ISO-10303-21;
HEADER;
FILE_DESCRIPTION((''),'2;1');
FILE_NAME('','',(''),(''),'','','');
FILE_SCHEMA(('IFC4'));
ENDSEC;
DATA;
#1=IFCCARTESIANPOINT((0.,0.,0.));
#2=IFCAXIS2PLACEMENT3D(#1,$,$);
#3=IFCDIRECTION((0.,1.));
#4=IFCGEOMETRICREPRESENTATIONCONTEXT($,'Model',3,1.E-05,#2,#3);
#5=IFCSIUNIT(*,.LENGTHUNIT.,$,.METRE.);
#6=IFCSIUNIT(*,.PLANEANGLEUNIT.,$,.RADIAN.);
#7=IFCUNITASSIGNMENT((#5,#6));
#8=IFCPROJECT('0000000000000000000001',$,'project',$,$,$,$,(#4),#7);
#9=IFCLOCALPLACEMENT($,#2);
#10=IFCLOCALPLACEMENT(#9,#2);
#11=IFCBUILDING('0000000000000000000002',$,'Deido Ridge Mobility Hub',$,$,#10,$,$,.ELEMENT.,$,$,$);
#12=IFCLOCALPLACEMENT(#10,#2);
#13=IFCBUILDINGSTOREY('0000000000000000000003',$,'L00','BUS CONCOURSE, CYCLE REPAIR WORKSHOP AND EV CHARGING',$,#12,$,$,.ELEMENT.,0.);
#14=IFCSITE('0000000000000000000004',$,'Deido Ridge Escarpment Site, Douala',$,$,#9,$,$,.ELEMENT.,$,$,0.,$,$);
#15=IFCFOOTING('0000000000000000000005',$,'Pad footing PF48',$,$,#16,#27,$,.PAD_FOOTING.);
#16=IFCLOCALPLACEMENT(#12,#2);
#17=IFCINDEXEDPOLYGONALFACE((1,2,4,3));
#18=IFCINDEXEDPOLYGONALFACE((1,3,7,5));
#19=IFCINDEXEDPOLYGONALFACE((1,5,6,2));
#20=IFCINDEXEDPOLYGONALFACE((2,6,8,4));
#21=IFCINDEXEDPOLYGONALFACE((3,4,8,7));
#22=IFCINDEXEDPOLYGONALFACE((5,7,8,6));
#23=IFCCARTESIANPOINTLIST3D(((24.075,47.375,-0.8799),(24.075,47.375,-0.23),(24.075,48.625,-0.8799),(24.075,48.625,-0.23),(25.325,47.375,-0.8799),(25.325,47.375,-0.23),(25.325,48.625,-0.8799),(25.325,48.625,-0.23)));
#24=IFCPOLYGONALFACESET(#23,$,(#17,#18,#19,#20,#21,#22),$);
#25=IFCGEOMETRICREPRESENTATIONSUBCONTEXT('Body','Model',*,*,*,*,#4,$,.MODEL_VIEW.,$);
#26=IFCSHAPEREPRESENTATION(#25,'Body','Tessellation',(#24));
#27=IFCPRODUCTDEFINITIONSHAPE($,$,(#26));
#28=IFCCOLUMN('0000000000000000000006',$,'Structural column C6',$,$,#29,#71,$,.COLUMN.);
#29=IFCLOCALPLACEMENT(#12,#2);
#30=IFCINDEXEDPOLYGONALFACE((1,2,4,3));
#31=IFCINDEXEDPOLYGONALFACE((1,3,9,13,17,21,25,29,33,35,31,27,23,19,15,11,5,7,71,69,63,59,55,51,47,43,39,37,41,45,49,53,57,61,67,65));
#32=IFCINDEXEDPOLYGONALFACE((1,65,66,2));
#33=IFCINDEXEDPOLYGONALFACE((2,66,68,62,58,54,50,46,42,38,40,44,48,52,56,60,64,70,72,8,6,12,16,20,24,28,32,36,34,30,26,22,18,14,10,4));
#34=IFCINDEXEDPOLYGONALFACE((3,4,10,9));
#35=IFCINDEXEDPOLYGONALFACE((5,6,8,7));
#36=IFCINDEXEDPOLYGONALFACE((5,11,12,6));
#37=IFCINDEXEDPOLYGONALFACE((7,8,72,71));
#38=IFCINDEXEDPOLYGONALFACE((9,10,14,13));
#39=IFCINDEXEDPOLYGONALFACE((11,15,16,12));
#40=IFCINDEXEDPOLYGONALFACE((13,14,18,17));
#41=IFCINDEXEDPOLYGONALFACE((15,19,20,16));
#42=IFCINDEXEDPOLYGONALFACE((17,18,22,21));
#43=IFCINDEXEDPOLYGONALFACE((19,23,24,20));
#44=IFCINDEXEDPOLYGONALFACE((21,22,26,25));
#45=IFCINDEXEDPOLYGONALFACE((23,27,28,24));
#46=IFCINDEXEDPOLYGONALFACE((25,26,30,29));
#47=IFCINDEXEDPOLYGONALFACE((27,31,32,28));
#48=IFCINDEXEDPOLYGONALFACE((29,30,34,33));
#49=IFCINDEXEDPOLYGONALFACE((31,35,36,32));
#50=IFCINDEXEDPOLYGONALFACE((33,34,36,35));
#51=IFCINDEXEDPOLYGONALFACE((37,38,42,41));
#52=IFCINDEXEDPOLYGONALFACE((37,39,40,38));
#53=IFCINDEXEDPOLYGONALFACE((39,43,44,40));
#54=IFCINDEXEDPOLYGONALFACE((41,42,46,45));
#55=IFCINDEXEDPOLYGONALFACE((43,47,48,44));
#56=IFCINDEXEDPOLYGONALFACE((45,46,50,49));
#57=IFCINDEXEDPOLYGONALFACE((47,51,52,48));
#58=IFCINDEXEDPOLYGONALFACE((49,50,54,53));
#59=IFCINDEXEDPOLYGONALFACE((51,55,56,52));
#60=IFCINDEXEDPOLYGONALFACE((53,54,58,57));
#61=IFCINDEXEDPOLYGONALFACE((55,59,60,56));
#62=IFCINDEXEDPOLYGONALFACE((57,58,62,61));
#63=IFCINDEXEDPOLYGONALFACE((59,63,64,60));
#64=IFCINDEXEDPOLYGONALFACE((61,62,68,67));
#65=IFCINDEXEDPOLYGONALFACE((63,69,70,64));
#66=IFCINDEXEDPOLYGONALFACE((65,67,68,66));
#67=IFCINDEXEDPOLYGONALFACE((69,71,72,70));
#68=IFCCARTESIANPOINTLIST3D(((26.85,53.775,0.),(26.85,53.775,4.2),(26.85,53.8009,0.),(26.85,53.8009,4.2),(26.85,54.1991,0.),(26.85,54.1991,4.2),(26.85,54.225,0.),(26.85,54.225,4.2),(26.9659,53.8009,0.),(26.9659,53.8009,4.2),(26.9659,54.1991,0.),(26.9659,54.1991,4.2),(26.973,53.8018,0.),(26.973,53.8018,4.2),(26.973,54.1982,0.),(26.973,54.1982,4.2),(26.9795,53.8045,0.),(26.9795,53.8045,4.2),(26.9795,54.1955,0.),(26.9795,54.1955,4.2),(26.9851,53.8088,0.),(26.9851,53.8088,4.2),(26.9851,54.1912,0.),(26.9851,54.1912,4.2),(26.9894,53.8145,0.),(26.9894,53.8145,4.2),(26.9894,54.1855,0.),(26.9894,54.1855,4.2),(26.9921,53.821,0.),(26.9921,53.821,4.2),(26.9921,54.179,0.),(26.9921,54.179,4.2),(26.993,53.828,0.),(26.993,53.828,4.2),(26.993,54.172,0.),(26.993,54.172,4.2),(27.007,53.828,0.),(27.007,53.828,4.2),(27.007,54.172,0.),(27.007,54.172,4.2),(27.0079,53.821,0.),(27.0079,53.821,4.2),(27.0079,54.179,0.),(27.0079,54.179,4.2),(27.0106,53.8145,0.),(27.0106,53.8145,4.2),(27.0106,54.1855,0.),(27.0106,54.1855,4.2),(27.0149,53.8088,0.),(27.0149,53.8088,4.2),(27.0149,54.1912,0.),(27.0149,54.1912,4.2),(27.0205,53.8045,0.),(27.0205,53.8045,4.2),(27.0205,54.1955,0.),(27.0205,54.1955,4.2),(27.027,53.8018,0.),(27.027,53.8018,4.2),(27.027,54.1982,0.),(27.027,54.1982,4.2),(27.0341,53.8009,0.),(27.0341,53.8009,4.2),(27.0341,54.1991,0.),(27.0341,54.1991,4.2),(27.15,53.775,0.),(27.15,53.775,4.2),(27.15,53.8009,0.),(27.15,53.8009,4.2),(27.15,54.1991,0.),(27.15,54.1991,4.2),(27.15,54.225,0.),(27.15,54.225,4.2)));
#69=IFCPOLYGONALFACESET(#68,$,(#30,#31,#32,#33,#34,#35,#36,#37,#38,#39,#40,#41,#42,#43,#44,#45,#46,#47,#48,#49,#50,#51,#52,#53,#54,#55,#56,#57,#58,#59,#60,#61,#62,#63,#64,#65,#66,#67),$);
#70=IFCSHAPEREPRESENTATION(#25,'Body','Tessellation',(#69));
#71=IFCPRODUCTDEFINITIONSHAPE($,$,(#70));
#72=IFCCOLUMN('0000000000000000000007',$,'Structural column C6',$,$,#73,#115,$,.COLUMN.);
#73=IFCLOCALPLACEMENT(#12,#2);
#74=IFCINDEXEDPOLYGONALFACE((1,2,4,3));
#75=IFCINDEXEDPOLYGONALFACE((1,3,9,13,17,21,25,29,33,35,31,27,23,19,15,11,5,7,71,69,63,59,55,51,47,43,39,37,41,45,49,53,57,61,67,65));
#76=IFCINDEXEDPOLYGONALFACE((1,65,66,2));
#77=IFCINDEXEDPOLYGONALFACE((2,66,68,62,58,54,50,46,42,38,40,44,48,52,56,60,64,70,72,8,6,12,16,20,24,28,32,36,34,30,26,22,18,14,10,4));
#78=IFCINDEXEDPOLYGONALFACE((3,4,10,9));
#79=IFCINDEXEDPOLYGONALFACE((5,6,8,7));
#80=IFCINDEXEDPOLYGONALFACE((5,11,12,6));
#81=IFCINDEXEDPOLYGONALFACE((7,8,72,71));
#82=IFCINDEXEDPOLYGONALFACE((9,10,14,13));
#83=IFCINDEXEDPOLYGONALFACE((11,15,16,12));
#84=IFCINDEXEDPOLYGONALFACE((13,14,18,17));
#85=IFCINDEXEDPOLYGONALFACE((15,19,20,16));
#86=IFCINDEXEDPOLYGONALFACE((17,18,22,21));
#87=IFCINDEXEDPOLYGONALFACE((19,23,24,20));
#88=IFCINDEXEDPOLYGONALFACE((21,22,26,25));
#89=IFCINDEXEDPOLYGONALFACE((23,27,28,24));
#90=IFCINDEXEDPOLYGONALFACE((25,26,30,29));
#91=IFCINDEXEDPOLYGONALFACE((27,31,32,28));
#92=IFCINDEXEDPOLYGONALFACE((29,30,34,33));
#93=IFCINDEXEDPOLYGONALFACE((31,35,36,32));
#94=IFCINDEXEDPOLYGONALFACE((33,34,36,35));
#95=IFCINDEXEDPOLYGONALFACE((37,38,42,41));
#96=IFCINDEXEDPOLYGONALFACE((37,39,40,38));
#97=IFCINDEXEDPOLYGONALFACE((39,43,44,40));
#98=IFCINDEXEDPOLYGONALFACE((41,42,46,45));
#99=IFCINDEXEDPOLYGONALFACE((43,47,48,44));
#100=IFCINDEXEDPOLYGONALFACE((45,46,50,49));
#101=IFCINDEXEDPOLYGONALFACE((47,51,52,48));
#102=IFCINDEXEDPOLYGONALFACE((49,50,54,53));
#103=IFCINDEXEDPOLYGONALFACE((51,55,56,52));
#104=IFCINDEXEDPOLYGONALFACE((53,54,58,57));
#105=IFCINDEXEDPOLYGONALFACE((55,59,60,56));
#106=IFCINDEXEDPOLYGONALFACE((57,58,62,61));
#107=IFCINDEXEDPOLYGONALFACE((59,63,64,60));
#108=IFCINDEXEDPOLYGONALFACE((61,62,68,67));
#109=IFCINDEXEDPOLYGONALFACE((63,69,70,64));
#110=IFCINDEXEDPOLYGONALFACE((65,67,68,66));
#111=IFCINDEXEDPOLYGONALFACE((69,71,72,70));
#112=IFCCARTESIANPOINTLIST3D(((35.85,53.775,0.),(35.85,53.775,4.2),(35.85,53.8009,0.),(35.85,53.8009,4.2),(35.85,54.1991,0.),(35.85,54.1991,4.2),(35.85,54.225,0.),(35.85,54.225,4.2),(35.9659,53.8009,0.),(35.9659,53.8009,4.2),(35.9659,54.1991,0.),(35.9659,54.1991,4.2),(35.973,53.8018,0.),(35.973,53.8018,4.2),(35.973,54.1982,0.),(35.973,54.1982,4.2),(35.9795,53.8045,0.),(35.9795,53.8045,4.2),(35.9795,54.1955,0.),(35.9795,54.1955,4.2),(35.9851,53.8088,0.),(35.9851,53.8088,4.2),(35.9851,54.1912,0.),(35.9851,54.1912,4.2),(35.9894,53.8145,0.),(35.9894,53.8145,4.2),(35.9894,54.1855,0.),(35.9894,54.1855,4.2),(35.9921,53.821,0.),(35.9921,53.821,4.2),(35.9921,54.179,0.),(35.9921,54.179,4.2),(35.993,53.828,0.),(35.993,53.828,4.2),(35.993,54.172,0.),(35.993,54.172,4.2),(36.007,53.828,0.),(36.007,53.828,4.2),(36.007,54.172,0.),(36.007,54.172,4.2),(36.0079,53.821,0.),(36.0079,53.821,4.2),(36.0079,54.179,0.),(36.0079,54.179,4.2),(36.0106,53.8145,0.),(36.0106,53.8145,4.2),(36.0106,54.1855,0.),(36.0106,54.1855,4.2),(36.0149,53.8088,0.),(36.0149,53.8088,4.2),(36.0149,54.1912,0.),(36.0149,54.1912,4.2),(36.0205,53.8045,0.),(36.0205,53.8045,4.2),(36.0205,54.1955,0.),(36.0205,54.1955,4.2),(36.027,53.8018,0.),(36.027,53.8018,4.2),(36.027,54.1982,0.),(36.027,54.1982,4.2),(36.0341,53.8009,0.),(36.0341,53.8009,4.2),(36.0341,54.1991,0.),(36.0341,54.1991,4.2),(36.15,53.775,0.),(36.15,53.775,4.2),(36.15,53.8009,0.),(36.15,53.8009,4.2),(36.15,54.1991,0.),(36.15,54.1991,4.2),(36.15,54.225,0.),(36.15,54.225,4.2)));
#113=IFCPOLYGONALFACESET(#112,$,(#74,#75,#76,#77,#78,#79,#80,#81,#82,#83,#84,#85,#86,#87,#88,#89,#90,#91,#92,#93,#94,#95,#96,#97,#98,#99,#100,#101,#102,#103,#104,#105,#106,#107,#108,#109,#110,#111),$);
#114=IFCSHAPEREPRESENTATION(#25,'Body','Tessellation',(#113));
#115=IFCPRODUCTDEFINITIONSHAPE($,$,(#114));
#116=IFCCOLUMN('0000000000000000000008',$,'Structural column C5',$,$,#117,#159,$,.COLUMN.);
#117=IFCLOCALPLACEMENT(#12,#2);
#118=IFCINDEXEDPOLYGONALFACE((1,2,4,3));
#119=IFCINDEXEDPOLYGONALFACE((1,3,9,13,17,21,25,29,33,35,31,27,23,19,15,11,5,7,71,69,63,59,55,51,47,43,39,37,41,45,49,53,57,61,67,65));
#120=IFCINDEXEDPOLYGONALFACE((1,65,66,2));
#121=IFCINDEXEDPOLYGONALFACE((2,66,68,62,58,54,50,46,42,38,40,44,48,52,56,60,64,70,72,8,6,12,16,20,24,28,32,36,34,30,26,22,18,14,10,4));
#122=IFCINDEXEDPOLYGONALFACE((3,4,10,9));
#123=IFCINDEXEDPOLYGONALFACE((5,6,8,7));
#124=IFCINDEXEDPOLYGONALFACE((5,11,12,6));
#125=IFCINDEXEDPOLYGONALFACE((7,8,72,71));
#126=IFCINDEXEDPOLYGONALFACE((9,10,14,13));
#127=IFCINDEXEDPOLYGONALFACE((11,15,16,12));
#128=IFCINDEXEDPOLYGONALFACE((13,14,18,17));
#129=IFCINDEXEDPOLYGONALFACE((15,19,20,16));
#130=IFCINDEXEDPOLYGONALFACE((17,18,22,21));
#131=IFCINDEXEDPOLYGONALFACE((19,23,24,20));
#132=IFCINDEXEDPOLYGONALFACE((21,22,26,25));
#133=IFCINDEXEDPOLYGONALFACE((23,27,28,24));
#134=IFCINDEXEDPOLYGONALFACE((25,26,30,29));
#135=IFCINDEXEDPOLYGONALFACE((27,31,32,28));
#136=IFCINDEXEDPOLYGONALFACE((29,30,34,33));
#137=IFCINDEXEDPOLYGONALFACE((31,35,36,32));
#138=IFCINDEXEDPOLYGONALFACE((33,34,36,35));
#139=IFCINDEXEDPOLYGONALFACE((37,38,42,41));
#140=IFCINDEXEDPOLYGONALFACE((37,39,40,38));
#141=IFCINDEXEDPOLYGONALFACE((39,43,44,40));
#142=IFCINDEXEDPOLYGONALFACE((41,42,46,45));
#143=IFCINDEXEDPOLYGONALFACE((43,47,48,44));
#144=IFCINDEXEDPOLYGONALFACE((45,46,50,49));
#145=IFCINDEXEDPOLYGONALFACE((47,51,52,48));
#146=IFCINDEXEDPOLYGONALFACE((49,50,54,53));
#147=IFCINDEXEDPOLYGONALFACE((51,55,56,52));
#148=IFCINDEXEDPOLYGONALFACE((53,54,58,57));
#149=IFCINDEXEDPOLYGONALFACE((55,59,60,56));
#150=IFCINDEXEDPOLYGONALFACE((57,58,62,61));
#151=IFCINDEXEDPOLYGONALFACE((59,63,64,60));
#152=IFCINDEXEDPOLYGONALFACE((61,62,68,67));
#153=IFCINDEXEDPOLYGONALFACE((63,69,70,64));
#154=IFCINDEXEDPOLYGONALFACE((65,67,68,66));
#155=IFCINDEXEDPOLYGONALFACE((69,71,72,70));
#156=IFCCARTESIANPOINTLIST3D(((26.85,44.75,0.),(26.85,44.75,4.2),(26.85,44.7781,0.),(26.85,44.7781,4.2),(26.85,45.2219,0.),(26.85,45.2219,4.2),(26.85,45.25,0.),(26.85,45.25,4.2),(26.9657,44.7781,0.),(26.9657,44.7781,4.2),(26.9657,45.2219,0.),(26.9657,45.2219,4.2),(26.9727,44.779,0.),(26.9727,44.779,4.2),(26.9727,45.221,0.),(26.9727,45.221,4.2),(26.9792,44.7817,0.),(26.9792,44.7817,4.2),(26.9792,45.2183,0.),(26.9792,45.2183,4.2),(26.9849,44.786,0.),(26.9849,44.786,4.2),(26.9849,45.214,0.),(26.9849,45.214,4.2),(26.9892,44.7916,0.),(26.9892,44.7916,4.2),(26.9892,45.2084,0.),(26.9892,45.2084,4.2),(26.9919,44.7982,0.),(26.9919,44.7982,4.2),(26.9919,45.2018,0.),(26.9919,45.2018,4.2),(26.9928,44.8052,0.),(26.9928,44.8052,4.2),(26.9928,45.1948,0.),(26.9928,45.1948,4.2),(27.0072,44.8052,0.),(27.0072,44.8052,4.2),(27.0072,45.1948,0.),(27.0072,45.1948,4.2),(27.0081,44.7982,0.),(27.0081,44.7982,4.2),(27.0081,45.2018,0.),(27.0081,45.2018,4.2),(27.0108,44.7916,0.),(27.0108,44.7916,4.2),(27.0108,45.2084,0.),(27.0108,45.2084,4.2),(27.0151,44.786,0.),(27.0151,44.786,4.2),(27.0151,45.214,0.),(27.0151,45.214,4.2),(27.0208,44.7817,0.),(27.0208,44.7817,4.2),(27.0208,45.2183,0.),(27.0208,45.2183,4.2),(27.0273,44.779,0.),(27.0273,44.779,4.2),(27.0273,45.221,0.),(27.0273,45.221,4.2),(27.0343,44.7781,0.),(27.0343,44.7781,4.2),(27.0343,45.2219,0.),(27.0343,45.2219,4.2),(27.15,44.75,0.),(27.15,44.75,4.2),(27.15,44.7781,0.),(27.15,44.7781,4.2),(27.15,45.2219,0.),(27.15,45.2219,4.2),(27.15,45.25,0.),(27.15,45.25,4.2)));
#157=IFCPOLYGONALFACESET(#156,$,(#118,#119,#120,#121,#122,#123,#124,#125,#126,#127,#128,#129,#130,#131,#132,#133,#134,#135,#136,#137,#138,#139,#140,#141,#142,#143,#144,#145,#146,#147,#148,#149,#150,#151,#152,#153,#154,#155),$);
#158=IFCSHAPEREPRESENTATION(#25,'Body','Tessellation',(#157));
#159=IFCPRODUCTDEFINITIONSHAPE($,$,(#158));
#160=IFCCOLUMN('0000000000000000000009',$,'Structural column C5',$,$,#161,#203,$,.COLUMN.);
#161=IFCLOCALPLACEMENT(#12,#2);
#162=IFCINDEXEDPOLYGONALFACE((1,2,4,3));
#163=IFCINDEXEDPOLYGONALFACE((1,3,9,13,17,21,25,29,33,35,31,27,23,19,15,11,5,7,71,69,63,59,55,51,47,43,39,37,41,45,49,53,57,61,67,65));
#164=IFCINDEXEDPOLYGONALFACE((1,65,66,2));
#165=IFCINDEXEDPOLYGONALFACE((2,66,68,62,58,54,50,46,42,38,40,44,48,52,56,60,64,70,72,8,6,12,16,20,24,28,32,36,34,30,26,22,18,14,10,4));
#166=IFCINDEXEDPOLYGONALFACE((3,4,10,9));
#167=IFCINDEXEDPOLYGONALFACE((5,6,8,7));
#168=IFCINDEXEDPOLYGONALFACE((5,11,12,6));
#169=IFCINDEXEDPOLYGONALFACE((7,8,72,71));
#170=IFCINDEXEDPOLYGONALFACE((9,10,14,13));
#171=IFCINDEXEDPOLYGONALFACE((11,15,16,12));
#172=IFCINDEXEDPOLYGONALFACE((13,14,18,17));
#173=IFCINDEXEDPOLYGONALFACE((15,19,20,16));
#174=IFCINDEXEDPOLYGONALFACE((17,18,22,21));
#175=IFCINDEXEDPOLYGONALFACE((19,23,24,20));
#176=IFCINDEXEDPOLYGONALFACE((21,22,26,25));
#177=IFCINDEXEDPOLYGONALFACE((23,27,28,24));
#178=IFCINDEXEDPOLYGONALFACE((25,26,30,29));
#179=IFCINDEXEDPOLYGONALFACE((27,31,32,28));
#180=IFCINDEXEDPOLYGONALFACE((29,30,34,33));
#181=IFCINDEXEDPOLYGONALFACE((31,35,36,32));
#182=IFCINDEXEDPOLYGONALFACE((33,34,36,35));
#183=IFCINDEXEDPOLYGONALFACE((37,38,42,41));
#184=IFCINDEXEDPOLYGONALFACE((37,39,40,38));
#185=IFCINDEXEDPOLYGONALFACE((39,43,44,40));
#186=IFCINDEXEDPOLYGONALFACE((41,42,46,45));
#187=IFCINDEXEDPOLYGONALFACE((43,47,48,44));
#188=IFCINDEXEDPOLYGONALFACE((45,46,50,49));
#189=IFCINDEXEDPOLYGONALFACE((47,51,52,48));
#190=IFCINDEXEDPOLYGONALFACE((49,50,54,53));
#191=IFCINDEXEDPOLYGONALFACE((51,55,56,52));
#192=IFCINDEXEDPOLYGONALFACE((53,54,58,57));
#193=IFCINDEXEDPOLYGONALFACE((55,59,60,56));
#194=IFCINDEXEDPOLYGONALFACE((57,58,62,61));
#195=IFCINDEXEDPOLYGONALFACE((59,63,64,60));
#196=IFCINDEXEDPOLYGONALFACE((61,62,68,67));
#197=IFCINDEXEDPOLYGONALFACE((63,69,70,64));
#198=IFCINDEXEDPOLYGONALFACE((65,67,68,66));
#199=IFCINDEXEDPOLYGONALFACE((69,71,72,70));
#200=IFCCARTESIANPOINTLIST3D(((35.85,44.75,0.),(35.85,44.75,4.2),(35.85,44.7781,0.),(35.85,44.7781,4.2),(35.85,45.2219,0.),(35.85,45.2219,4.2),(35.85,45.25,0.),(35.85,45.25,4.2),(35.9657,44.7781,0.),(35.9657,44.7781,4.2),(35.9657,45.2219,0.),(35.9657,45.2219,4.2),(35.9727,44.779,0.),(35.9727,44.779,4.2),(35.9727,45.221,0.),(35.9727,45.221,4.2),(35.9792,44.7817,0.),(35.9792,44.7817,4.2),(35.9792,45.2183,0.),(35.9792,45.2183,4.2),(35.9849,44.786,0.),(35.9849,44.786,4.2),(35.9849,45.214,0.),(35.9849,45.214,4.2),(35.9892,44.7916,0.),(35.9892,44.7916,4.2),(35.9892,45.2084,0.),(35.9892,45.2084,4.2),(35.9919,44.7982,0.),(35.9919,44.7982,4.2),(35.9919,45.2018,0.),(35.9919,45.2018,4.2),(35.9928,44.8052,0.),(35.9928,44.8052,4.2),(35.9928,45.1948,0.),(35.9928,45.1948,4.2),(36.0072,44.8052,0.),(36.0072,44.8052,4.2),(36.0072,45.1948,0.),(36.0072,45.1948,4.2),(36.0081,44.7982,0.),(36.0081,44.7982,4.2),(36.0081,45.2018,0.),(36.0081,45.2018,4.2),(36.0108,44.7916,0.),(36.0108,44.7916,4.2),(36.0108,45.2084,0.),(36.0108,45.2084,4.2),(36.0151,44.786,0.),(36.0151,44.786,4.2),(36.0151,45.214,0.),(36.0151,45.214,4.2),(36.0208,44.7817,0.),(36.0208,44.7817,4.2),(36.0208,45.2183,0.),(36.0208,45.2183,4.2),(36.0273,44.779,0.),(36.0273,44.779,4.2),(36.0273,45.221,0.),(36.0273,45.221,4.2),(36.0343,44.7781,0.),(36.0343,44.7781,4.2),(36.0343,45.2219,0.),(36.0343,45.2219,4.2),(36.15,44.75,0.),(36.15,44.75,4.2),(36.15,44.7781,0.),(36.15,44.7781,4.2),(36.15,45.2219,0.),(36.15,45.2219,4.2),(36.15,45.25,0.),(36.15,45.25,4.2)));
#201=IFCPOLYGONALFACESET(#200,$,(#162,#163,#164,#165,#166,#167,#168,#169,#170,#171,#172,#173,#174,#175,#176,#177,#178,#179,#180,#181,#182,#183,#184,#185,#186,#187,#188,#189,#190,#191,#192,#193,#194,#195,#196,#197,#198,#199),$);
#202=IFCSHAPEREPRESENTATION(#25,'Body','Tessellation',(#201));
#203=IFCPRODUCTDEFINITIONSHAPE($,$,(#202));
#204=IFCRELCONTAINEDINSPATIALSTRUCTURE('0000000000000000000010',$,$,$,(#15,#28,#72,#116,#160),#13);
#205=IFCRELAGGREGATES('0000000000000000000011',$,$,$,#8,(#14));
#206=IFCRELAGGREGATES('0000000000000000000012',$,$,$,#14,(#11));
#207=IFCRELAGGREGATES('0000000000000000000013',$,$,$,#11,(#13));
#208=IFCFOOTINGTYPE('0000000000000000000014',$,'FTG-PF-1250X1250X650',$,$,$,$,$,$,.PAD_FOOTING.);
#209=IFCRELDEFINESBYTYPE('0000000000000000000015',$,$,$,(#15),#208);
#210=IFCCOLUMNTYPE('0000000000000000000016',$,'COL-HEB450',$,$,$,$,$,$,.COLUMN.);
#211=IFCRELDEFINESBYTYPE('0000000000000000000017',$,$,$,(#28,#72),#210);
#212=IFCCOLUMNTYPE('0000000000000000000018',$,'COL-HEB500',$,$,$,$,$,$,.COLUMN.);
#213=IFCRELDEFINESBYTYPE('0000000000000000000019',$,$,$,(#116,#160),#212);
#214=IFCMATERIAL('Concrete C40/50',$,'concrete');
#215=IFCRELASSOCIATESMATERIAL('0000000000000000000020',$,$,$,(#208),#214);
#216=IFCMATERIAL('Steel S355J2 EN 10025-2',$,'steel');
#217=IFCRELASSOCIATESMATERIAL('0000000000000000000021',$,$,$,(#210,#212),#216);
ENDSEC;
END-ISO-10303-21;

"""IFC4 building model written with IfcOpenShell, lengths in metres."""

from ifc_helpers import new_model, si_unit, direction, frame, origin, origin_2d, place, context, subcontext, project, spatial, rectangle, i_section, extrude, material, material_profile, profile_set, type_object, element, save


model = new_model("IFC4")

# Units and contexts
model_context = context("Model", 3, precision=1e-05, world=origin(), true_north=direction((0.0, 1.0)))
body_context = subcontext(model_context, "Body", "Model", "MODEL_VIEW")
ifc_project = project(units=[si_unit("LENGTHUNIT", "METRE"), si_unit("PLANEANGLEUNIT", "RADIAN")], contexts=[model_context])

# Site, building, storey
site_placement = place(None, origin())
site = spatial("IfcSite", under=ifc_project, at=site_placement, Name="Deido Ridge Escarpment Site, Douala", CompositionType="ELEMENT", RefElevation=0.0)
building_placement = place(site_placement, origin())
building = spatial("IfcBuilding", under=site, at=building_placement, Name="Deido Ridge Mobility Hub", CompositionType="ELEMENT")
storey_placement = place(building_placement, origin())
storey = spatial("IfcBuildingStorey", under=building, at=storey_placement, Name="L00", Description="BUS CONCOURSE, CYCLE REPAIR WORKSHOP AND EV CHARGING", CompositionType="ELEMENT", Elevation=0.0)

# Footing
ifc_material_1 = material(Name="Concrete C40/50", Category="concrete")
footing_type = type_object("IfcFootingType", Name="FTG-PF-1250X1250X650", PredefinedType="PAD_FOOTING", material=ifc_material_1)
footing_placement = place(storey_placement, frame((24.7, 48.0, -0.8799), z_axis=(0.0, 0.0, 1.0), x_axis=(1.0, 0.0, 0.0)))
element("IfcFooting", 1, at=footing_placement, inside=storey, type_object=footing_type, Name="Pad footing PF48", PredefinedType="PAD_FOOTING", context=body_context, shape_type="SweptSolid", body=[
    extrude(rectangle(XDim=1.25, YDim=1.25, at=origin_2d()), origin(), (0.0, 0.0, 1.0), 0.6499),
])

# Columns
ifc_material_2 = material(Name="Steel S355J2 EN 10025-2", Category="steel")
ifc_material_profile_1 = material_profile(ifc_material_2, i_section(OverallWidth=0.3, OverallDepth=0.45, WebThickness=0.0139, FlangeThickness=0.0259, FilletRadius=0.0271, at=origin_2d()), Name="HEB 450")
ifc_profile_set_1 = profile_set([ifc_material_profile_1], Name="Steel S355J2 EN 10025-2")
column_type_1 = type_object("IfcColumnType", Name="COL-HEB450", PredefinedType="COLUMN", material=ifc_profile_set_1)
for number, where, z_axis, x_axis, name in (
    (2, (27.0, 54.0, 0.0), (0.0, 0.0, 1.0), (1.0, 0.0, 0.0), "Structural column C6"),
    (3, (36.0, 54.0, 0.0), (0.0, 0.0, 1.0), (1.0, 0.0, 0.0), "Structural column C6"),
):
    element("IfcColumn", number, at=place(storey_placement, frame(where, z_axis=z_axis, x_axis=x_axis)), inside=storey, type_object=column_type_1, Name=name, PredefinedType="COLUMN", context=body_context, shape_type="SweptSolid", body=[
        extrude(i_section(OverallWidth=0.3, OverallDepth=0.45, WebThickness=0.0139, FlangeThickness=0.0259, FilletRadius=0.0271, at=origin_2d()), origin(), (0.0, 0.0, 1.0), 4.2),
    ])
ifc_material_profile_2 = material_profile(ifc_material_2, i_section(OverallWidth=0.3, OverallDepth=0.5, WebThickness=0.0144, FlangeThickness=0.0281, FilletRadius=0.0271, at=origin_2d()), Name="HEB 500")
ifc_profile_set_2 = profile_set([ifc_material_profile_2], Name="Steel S355J2 EN 10025-2")
column_type_2 = type_object("IfcColumnType", Name="COL-HEB500", PredefinedType="COLUMN", material=ifc_profile_set_2)
for number, where, z_axis, x_axis, name in (
    (4, (27.0, 45.0, 0.0), (0.0, 0.0, 1.0), (1.0, 0.0, 0.0), "Structural column C5"),
    (5, (36.0, 45.0, 0.0), (0.0, 0.0, 1.0), (1.0, 0.0, 0.0), "Structural column C5"),
):
    element("IfcColumn", number, at=place(storey_placement, frame(where, z_axis=z_axis, x_axis=x_axis)), inside=storey, type_object=column_type_2, Name=name, PredefinedType="COLUMN", context=body_context, shape_type="SweptSolid", body=[
        extrude(i_section(OverallWidth=0.3, OverallDepth=0.5, WebThickness=0.0144, FlangeThickness=0.0281, FilletRadius=0.0271, at=origin_2d()), origin(), (0.0, 0.0, 1.0), 4.2),
    ])

save(model, "model.ifc")
